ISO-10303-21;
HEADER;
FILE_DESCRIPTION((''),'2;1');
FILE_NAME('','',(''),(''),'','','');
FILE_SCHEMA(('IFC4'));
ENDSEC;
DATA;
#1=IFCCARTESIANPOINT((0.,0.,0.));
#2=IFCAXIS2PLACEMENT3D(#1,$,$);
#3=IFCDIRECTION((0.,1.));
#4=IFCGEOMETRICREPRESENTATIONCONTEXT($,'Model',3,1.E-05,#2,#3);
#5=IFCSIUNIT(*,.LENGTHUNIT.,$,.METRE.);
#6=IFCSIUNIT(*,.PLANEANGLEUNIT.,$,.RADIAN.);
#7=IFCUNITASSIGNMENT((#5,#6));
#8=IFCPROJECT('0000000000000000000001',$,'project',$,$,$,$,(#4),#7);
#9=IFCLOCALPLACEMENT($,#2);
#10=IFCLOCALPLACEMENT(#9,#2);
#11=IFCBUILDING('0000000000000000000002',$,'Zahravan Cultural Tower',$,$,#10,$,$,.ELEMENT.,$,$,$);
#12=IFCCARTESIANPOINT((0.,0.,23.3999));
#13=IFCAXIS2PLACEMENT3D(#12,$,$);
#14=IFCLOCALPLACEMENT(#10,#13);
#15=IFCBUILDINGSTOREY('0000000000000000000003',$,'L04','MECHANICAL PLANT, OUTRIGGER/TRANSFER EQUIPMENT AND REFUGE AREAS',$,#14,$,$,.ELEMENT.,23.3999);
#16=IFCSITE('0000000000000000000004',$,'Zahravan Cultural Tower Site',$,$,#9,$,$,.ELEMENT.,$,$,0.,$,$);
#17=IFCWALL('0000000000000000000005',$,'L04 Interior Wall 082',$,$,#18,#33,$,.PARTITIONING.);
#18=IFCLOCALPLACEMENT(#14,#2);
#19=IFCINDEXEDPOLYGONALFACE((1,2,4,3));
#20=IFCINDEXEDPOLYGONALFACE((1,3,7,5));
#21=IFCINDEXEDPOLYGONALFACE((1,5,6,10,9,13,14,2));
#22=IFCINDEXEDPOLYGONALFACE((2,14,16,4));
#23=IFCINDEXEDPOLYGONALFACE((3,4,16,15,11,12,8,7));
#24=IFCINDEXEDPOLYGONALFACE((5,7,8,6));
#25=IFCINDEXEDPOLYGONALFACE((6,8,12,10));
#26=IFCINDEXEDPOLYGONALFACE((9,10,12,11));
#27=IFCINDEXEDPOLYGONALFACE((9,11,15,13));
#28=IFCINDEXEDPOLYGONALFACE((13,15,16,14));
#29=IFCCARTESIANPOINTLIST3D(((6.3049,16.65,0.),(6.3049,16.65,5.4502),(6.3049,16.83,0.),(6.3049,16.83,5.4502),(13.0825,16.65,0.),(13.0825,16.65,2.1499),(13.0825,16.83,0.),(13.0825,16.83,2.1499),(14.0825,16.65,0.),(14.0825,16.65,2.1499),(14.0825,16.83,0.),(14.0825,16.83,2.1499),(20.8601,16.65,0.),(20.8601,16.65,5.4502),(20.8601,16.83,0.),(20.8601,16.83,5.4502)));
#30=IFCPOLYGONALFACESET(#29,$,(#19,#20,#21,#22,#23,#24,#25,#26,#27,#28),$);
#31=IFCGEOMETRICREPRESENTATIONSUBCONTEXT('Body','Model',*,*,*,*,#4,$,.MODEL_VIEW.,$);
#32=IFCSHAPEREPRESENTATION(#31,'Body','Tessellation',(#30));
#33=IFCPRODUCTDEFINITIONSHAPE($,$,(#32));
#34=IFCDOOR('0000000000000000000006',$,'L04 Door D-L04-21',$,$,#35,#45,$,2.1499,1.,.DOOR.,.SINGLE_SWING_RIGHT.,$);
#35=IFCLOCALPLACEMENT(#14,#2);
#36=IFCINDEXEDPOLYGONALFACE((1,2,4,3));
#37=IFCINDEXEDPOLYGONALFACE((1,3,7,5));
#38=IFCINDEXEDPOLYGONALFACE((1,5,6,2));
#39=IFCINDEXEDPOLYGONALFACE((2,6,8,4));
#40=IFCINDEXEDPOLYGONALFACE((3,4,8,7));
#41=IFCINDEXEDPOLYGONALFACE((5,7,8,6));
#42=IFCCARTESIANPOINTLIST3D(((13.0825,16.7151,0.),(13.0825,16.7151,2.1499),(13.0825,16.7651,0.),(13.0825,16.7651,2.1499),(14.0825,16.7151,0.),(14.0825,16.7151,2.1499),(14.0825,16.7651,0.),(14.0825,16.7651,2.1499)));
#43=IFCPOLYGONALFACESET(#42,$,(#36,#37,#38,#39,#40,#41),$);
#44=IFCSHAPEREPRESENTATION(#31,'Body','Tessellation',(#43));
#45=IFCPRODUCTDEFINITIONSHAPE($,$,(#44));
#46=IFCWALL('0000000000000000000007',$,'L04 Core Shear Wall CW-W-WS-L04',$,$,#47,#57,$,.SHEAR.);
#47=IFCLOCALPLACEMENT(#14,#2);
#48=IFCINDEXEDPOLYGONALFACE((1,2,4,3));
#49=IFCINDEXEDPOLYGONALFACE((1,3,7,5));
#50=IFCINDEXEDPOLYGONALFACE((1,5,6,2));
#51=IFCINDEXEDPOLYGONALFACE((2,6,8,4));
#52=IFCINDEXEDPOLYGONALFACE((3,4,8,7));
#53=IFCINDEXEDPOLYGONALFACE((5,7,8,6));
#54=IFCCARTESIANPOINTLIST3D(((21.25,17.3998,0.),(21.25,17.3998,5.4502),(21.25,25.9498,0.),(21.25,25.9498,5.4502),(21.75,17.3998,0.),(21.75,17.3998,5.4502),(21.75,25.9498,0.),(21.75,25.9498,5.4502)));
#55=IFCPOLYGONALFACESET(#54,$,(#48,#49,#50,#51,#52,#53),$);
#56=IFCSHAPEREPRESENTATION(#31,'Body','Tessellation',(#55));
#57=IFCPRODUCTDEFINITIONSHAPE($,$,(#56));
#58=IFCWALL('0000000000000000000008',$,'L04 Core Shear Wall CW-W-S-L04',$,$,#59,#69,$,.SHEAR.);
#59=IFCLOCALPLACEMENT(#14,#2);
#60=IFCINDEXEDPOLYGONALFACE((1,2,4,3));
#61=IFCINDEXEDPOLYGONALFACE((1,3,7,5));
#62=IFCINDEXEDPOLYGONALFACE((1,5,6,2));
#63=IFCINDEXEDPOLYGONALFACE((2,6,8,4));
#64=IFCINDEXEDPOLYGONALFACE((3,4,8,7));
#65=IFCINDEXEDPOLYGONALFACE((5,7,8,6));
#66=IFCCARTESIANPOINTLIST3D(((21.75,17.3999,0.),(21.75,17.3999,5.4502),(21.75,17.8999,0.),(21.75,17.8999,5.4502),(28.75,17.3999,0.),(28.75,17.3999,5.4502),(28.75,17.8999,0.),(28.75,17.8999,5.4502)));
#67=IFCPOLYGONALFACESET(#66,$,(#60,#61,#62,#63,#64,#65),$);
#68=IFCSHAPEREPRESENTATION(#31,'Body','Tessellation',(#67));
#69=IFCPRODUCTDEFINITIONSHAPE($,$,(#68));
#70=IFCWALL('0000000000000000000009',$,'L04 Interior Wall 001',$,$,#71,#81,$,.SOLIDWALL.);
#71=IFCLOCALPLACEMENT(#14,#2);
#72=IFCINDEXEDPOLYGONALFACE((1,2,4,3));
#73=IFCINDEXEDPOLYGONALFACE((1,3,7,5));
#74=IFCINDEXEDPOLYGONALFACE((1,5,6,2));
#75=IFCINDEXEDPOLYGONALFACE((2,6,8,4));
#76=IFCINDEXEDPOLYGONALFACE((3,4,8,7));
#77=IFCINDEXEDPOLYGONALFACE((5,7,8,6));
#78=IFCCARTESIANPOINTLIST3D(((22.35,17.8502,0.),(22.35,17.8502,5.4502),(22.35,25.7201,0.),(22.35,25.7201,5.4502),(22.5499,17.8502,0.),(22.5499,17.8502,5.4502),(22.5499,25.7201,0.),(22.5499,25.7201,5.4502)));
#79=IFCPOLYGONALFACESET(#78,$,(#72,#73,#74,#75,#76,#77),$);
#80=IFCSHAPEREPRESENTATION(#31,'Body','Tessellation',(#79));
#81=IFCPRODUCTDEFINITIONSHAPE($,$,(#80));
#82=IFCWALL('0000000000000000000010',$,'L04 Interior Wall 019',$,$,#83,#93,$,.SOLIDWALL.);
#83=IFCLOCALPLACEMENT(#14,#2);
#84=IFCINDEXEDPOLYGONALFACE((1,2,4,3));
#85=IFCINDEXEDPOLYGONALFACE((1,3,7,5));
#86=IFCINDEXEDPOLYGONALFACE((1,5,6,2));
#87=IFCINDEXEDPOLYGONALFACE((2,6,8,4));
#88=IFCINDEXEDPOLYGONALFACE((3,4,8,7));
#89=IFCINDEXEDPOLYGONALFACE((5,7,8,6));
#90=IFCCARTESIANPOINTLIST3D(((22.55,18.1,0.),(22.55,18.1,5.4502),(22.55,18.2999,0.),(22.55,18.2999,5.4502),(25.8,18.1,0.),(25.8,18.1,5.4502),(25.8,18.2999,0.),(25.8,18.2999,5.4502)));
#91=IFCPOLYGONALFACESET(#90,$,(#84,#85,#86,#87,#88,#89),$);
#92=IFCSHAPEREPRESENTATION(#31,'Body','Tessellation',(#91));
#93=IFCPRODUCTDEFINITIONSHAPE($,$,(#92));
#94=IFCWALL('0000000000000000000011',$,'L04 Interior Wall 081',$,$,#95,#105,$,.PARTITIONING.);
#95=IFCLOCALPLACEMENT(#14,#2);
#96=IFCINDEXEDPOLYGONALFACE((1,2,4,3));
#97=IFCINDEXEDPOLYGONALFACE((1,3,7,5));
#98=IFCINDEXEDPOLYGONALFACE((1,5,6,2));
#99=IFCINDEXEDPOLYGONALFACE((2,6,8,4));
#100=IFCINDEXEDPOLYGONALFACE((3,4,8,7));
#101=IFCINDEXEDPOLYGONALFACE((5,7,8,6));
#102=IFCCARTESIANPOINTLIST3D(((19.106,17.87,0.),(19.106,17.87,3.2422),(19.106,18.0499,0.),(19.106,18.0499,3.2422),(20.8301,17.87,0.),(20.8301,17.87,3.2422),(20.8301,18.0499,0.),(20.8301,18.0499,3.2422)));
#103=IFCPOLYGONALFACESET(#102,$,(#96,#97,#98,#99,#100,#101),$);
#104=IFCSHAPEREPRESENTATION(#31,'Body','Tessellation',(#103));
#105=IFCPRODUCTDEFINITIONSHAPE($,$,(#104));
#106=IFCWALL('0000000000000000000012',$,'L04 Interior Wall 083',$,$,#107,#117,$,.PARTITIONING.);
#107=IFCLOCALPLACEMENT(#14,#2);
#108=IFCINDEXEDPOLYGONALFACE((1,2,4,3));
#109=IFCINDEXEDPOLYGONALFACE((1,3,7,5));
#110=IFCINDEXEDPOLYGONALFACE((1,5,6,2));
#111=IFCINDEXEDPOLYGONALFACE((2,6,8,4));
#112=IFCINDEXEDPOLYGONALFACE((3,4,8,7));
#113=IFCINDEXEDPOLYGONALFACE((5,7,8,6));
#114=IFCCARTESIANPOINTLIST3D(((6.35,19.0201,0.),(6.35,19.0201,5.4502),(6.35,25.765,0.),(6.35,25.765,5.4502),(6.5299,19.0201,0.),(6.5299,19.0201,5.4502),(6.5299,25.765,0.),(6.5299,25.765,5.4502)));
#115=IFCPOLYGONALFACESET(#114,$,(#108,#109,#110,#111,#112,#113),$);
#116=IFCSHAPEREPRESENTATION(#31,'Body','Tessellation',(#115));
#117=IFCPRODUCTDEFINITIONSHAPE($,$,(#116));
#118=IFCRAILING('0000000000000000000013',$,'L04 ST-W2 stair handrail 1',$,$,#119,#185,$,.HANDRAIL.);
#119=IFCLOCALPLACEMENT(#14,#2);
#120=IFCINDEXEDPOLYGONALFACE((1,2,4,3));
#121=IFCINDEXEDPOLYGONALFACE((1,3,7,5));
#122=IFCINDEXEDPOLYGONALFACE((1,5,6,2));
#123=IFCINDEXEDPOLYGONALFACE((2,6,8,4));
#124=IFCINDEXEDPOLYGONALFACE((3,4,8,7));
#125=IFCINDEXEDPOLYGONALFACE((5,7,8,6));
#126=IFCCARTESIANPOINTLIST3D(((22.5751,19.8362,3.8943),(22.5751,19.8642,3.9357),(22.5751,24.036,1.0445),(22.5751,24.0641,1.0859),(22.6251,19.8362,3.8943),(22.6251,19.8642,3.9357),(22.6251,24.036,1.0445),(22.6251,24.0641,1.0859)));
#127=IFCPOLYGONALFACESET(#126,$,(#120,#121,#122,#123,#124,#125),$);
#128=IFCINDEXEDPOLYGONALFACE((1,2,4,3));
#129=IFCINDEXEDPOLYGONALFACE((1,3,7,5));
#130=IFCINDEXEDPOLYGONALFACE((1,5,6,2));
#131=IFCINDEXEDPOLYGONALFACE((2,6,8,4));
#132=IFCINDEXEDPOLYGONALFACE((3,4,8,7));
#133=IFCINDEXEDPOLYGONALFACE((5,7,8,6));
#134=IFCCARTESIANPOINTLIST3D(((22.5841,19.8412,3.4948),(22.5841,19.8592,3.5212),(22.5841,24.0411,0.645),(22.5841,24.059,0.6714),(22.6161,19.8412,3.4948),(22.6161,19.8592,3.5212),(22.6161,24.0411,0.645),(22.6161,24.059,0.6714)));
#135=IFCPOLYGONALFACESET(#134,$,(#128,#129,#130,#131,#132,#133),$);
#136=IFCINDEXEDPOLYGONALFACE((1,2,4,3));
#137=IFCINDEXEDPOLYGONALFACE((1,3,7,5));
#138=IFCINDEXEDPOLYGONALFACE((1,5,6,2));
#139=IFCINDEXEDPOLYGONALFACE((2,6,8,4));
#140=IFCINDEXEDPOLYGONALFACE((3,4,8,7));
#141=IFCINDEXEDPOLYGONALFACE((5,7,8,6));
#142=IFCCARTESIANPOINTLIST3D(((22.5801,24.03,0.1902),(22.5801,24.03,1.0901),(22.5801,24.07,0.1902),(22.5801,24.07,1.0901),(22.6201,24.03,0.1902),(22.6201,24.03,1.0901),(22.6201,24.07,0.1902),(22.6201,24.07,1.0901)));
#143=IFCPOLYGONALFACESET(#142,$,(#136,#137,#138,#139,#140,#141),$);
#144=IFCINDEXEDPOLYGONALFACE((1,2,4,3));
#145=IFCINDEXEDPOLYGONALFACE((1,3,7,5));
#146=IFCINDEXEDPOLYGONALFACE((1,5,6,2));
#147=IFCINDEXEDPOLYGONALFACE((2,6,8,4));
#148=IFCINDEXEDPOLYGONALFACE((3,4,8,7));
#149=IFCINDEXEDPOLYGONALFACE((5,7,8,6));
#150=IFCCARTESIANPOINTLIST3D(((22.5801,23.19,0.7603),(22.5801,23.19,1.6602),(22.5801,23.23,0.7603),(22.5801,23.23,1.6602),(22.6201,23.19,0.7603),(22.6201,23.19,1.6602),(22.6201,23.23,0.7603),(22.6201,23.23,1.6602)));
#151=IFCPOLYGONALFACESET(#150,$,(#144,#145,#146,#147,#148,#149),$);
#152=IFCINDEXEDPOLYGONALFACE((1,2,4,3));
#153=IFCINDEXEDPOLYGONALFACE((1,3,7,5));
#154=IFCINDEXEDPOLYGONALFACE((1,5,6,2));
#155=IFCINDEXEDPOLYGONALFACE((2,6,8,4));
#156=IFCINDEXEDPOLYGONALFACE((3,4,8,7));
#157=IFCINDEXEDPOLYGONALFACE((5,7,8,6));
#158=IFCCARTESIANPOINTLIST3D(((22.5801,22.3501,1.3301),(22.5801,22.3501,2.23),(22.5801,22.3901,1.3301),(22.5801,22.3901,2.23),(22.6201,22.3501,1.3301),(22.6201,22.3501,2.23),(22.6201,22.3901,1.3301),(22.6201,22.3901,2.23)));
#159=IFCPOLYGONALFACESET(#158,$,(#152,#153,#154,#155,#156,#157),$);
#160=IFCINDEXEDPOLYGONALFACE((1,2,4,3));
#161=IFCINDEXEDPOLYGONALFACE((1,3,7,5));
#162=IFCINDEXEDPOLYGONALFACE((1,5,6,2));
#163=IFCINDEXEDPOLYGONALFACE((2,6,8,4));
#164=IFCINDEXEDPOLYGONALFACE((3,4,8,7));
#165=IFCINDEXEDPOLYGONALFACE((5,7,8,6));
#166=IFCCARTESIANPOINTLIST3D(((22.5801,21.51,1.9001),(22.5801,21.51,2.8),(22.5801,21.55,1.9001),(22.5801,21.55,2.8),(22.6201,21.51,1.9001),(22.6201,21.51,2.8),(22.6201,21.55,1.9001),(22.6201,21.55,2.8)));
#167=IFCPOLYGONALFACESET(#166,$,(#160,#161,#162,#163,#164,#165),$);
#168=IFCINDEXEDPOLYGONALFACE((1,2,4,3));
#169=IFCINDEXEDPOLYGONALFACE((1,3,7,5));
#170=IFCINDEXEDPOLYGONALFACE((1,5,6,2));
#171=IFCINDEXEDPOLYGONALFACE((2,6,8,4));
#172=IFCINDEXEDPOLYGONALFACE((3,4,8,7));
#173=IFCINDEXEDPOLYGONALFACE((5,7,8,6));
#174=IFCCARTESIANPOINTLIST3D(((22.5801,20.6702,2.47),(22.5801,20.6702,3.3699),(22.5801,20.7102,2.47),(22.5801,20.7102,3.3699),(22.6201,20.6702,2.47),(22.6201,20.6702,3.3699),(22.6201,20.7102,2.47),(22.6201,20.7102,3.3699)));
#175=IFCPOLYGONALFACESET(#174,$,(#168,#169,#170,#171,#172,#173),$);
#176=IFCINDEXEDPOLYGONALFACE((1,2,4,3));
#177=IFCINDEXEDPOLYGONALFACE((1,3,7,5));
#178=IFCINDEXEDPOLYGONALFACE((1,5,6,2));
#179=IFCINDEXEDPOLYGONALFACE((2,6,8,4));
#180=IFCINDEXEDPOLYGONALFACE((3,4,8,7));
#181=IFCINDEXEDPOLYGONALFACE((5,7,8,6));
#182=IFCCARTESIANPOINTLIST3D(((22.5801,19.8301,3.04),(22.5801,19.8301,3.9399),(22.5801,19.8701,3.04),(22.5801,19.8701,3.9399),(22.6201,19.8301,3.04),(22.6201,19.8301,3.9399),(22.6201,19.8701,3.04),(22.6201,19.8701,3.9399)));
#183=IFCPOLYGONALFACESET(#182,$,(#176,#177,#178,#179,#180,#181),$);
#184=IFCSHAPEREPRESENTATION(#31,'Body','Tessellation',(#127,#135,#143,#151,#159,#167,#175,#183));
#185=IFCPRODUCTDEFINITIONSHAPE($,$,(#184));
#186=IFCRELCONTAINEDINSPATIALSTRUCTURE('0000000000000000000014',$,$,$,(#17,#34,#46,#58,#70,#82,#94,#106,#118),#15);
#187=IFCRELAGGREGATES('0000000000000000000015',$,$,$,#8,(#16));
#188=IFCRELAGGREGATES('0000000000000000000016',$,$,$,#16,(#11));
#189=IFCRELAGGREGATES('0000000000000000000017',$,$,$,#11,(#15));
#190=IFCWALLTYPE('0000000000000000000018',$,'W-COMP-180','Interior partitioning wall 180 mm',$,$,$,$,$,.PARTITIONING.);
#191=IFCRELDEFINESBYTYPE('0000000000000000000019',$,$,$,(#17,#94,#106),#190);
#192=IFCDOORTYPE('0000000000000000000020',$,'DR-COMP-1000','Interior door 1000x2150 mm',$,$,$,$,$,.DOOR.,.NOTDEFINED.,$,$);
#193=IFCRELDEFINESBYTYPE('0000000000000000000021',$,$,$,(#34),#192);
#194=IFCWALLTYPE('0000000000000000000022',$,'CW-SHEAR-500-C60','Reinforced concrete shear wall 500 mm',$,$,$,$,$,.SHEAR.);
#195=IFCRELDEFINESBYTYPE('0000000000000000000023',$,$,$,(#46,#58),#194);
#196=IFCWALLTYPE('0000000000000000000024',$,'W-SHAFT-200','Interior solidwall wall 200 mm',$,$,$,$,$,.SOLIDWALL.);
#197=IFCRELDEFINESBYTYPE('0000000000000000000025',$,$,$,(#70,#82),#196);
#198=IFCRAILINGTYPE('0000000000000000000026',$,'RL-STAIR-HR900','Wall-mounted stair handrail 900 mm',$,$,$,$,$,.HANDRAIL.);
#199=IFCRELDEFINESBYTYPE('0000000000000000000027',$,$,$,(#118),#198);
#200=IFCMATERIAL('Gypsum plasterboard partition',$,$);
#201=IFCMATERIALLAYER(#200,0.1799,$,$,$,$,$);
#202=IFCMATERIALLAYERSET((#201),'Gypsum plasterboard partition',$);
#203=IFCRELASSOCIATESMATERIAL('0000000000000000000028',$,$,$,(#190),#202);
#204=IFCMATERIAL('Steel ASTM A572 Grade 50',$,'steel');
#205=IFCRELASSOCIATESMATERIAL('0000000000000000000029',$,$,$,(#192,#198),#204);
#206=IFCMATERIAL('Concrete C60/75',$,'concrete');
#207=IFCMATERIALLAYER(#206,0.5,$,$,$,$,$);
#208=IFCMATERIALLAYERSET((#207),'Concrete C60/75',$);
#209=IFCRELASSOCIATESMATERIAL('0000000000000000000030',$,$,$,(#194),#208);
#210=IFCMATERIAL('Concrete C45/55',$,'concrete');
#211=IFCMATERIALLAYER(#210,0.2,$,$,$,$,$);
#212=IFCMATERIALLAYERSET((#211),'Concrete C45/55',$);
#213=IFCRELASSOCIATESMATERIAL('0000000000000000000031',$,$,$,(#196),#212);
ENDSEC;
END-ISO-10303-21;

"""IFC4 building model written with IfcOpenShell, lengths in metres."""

from ifc_helpers import new_model, si_unit, direction, frame, frame_2d, origin, origin_2d, place, context, subcontext, project, spatial, rectangle, extrude, source, transform, mapped, material, layer, layer_set, type_object, element, fill, save


model = new_model("IFC4")

# Units and contexts
model_context = context("Model", 3, precision=1e-05, world=origin(), true_north=direction((0.0, 1.0)))
body_context = subcontext(model_context, "Body", "Model", "MODEL_VIEW")
ifc_project = project(units=[si_unit("LENGTHUNIT", "METRE"), si_unit("PLANEANGLEUNIT", "RADIAN")], contexts=[model_context])

# Site, building, storey
site_placement = place(None, origin())
site = spatial("IfcSite", under=ifc_project, at=site_placement, Name="Zahravan Cultural Tower Site", CompositionType="ELEMENT", RefElevation=0.0)
building_placement = place(site_placement, origin())
building = spatial("IfcBuilding", under=site, at=building_placement, Name="Zahravan Cultural Tower", CompositionType="ELEMENT")
storey_placement = place(building_placement, frame((0.0, 0.0, 23.3999)))
storey = spatial("IfcBuildingStorey", under=building, at=storey_placement, Name="L04", Description="MECHANICAL PLANT, OUTRIGGER/TRANSFER EQUIPMENT AND REFUGE AREAS", CompositionType="ELEMENT", Elevation=23.3999)

# Shared definitions
ifc_material_1 = material(Name="Concrete C60/75", Category="concrete")
ifc_material_2 = material(Name="Steel ASTM A572 Grade 50", Category="steel")

# Wall, opening, door
ifc_material_3 = material(Name="Gypsum plasterboard partition")
ifc_layer_1 = layer(ifc_material_3, 0.1799)
ifc_layer_set_1 = layer_set([ifc_layer_1], Name="Gypsum plasterboard partition")
wall_type_1 = type_object("IfcWallType", Name="W-COMP-180", Description="Interior partitioning wall 180 mm", PredefinedType="PARTITIONING", material=ifc_layer_set_1)
wall_1_placement = place(storey_placement, frame((20.8601, 16.74, 0.0), z_axis=(0.0, 0.0, 1.0), x_axis=(-1.0, 0.0, 0.0)))
wall_1 = element("IfcWall", 1, at=wall_1_placement, inside=storey, type_object=wall_type_1, Name="L04 Interior Wall 082", PredefinedType="PARTITIONING", context=body_context, shape_type="SweptSolid", body=[
    extrude(rectangle(XDim=14.5552, YDim=0.1799, at=frame_2d((7.2776, 0.0))), origin(), (0.0, 0.0, 1.0), 5.4502),
])
opening_placement = place(wall_1_placement, frame((6.7776, 0.0, 0.0)))
opening = element("IfcOpeningElement", 2, at=opening_placement, cuts=wall_1, PredefinedType="OPENING", context=body_context, shape_type="SweptSolid", body=[
    extrude(rectangle(XDim=1.0, YDim=2.1499, at=frame_2d((0.5, 1.075))), frame((0.0, 0.0999, 0.0), z_axis=(0.0, -1.0, 0.0), x_axis=(1.0, 0.0, 0.0)), (0.0, 0.0, 1.0), 0.2),
])
door_type = type_object("IfcDoorType", Name="DR-COMP-1000", Description="Interior door 1000x2150 mm", OperationType="NOTDEFINED", PredefinedType="DOOR", material=ifc_material_2)
shared_shape_1 = source(origin(), body_context, "Body", "SweptSolid", [
    extrude(rectangle(XDim=1.0, YDim=2.1499, at=frame_2d((0.5, 1.075))), frame((0.0, 0.0249, 0.0), z_axis=(0.0, -1.0, 0.0), x_axis=(1.0, 0.0, 0.0)), (0.0, 0.0, 1.0), 0.05),
])
door_placement = place(opening_placement, origin())
door = element("IfcDoor", 3, at=door_placement, inside=storey, type_object=door_type, Name="L04 Door D-L04-21", OperationType="SINGLE_SWING_RIGHT", OverallHeight=2.1499, OverallWidth=1.0, PredefinedType="DOOR", context=body_context, shape_type="MappedRepresentation", body=[
    mapped(shared_shape_1, transform((0.0, 0.0, 0.0), x_axis=(1.0, 0.0, 0.0), y_axis=(0.0, 1.0, 0.0), z_axis=(0.0, 0.0, 1.0), scale=1.0)),
])
fill(opening, door)

# Walls
ifc_layer_2 = layer(ifc_material_1, 0.5)
ifc_layer_set_2 = layer_set([ifc_layer_2], Name="Concrete C60/75")
wall_type_2 = type_object("IfcWallType", Name="CW-SHEAR-500-C60", Description="Reinforced concrete shear wall 500 mm", PredefinedType="SHEAR", material=ifc_layer_set_2)
shared_shape_2 = source(origin(), body_context, "Body", "SweptSolid", [
    extrude(rectangle(XDim=8.55, YDim=0.5, at=frame_2d((4.2749, 0.0))), origin(), (0.0, 0.0, 1.0), 5.4502),
])
wall_2_placement = place(storey_placement, frame((21.5, 17.3999, 0.0), z_axis=(0.0, 0.0, 1.0), x_axis=(0.0, 1.0, 0.0)))
element("IfcWall", 4, at=wall_2_placement, inside=storey, type_object=wall_type_2, Name="L04 Core Shear Wall CW-W-WS-L04", PredefinedType="SHEAR", context=body_context, shape_type="MappedRepresentation", body=[
    mapped(shared_shape_2, transform((0.0, 0.0, 0.0), x_axis=(1.0, 0.0, 0.0), y_axis=(0.0, 1.0, 0.0), z_axis=(0.0, 0.0, 1.0), scale=1.0)),
])
shared_shape_3 = source(origin(), body_context, "Body", "SweptSolid", [
    extrude(rectangle(XDim=7.0, YDim=0.5, at=frame_2d((3.5, 0.0))), origin(), (0.0, 0.0, 1.0), 5.4502),
])
wall_3_placement = place(storey_placement, frame((21.75, 17.6499, 0.0), z_axis=(0.0, 0.0, 1.0), x_axis=(1.0, 0.0, 0.0)))
element("IfcWall", 5, at=wall_3_placement, inside=storey, type_object=wall_type_2, Name="L04 Core Shear Wall CW-W-S-L04", PredefinedType="SHEAR", context=body_context, shape_type="MappedRepresentation", body=[
    mapped(shared_shape_3, transform((0.0, 0.0, 0.0), x_axis=(1.0, 0.0, 0.0), y_axis=(0.0, 1.0, 0.0), z_axis=(0.0, 0.0, 1.0), scale=1.0)),
])
ifc_material_4 = material(Name="Concrete C45/55", Category="concrete")
ifc_layer_3 = layer(ifc_material_4, 0.2)
ifc_layer_set_3 = layer_set([ifc_layer_3], Name="Concrete C45/55")
wall_type_3 = type_object("IfcWallType", Name="W-SHAFT-200", Description="Interior solidwall wall 200 mm", PredefinedType="SOLIDWALL", material=ifc_layer_set_3)
shared_shape_4 = source(origin(), body_context, "Body", "SweptSolid", [
    extrude(rectangle(XDim=7.8699, YDim=0.2, at=frame_2d((3.9351, 0.0))), origin(), (0.0, 0.0, 1.0), 5.4502),
])
wall_4_placement = place(storey_placement, frame((22.45, 17.8501, 0.0), z_axis=(0.0, 0.0, 1.0), x_axis=(0.0, 1.0, 0.0)))
element("IfcWall", 6, at=wall_4_placement, inside=storey, type_object=wall_type_3, Name="L04 Interior Wall 001", PredefinedType="SOLIDWALL", context=body_context, shape_type="MappedRepresentation", body=[
    mapped(shared_shape_4, transform((0.0, 0.0, 0.0), x_axis=(1.0, 0.0, 0.0), y_axis=(0.0, 1.0, 0.0), z_axis=(0.0, 0.0, 1.0), scale=1.0)),
])
shared_shape_5 = source(origin(), body_context, "Body", "SweptSolid", [
    extrude(rectangle(XDim=3.25, YDim=0.2, at=frame_2d((1.625, 0.0))), origin(), (0.0, 0.0, 1.0), 5.4502),
])
wall_5_placement = place(storey_placement, frame((22.55, 18.2, 0.0), z_axis=(0.0, 0.0, 1.0), x_axis=(1.0, 0.0, 0.0)))
element("IfcWall", 7, at=wall_5_placement, inside=storey, type_object=wall_type_3, Name="L04 Interior Wall 019", PredefinedType="SOLIDWALL", context=body_context, shape_type="MappedRepresentation", body=[
    mapped(shared_shape_5, transform((0.0, 0.0, 0.0), x_axis=(1.0, 0.0, 0.0), y_axis=(0.0, 1.0, 0.0), z_axis=(0.0, 0.0, 1.0), scale=1.0)),
])
shared_shape_6 = source(origin(), body_context, "Body", "SweptSolid", [
    extrude(rectangle(XDim=1.7241, YDim=0.1799, at=frame_2d((0.8621, 0.0))), origin(), (0.0, 0.0, 1.0), 3.2422),
])
wall_6_placement = place(storey_placement, frame((19.106, 17.96, 0.0), z_axis=(0.0, 0.0, 1.0), x_axis=(1.0, 0.0, 0.0)))
element("IfcWall", 8, at=wall_6_placement, inside=storey, type_object=wall_type_1, Name="L04 Interior Wall 081", PredefinedType="PARTITIONING", context=body_context, shape_type="MappedRepresentation", body=[
    mapped(shared_shape_6, transform((0.0, 0.0, 0.0), x_axis=(1.0, 0.0, 0.0), y_axis=(0.0, 1.0, 0.0), z_axis=(0.0, 0.0, 1.0), scale=1.0)),
])
shared_shape_7 = source(origin(), body_context, "Body", "SweptSolid", [
    extrude(rectangle(XDim=6.7449, YDim=0.1799, at=frame_2d((3.3726, 0.0))), origin(), (0.0, 0.0, 1.0), 5.4502),
])
wall_7_placement = place(storey_placement, frame((6.4399, 19.02, 0.0), z_axis=(0.0, 0.0, 1.0), x_axis=(0.0, 1.0, 0.0)))
element("IfcWall", 9, at=wall_7_placement, inside=storey, type_object=wall_type_1, Name="L04 Interior Wall 083", PredefinedType="PARTITIONING", context=body_context, shape_type="MappedRepresentation", body=[
    mapped(shared_shape_7, transform((0.0, 0.0, 0.0), x_axis=(1.0, 0.0, 0.0), y_axis=(0.0, 1.0, 0.0), z_axis=(0.0, 0.0, 1.0), scale=1.0)),
])

# Railing
railing_type = type_object("IfcRailingType", Name="RL-STAIR-HR900", Description="Wall-mounted stair handrail 900 mm", PredefinedType="HANDRAIL", material=ifc_material_2)
railing_placement = place(storey_placement, frame((22.6001, 24.05, 0.1902)))
element("IfcRailing", 10, at=railing_placement, inside=storey, type_object=railing_type, Name="L04 ST-W2 stair handrail 1", PredefinedType="HANDRAIL", context=body_context, shape_type="SweptSolid", body=[
    extrude(rectangle(XDim=0.05, YDim=0.05, at=origin_2d()), frame((0.0, 0.0, 0.875), z_axis=(0.0, -0.827486, 0.561486), x_axis=(1.0, 0.0, 0.0)), (0.0, 0.0, 1.0), 5.0754),
    extrude(rectangle(XDim=0.032, YDim=0.032, at=origin_2d()), frame((0.0, 0.0, 0.468), z_axis=(0.0, -0.827486, 0.561486), x_axis=(1.0, 0.0, 0.0)), (0.0, 0.0, 1.0), 5.0754),
    extrude(rectangle(XDim=0.04, YDim=0.04, at=origin_2d()), origin(), (0.0, 0.0, 1.0), 0.8999),
    extrude(rectangle(XDim=0.04, YDim=0.04, at=origin_2d()), frame((0.0, -0.8401, 0.5701)), (0.0, 0.0, 1.0), 0.8999),
    extrude(rectangle(XDim=0.04, YDim=0.04, at=origin_2d()), frame((0.0, -1.6799, 1.1399)), (0.0, 0.0, 1.0), 0.8999),
    extrude(rectangle(XDim=0.04, YDim=0.04, at=origin_2d()), frame((0.0, -2.52, 1.71)), (0.0, 0.0, 1.0), 0.8999),
    extrude(rectangle(XDim=0.04, YDim=0.04, at=origin_2d()), frame((0.0, -3.3599, 2.2798)), (0.0, 0.0, 1.0), 0.8999),
    extrude(rectangle(XDim=0.04, YDim=0.04, at=origin_2d()), frame((0.0, -4.2, 2.8499)), (0.0, 0.0, 1.0), 0.8999),
])

save(model, "model.ifc")
